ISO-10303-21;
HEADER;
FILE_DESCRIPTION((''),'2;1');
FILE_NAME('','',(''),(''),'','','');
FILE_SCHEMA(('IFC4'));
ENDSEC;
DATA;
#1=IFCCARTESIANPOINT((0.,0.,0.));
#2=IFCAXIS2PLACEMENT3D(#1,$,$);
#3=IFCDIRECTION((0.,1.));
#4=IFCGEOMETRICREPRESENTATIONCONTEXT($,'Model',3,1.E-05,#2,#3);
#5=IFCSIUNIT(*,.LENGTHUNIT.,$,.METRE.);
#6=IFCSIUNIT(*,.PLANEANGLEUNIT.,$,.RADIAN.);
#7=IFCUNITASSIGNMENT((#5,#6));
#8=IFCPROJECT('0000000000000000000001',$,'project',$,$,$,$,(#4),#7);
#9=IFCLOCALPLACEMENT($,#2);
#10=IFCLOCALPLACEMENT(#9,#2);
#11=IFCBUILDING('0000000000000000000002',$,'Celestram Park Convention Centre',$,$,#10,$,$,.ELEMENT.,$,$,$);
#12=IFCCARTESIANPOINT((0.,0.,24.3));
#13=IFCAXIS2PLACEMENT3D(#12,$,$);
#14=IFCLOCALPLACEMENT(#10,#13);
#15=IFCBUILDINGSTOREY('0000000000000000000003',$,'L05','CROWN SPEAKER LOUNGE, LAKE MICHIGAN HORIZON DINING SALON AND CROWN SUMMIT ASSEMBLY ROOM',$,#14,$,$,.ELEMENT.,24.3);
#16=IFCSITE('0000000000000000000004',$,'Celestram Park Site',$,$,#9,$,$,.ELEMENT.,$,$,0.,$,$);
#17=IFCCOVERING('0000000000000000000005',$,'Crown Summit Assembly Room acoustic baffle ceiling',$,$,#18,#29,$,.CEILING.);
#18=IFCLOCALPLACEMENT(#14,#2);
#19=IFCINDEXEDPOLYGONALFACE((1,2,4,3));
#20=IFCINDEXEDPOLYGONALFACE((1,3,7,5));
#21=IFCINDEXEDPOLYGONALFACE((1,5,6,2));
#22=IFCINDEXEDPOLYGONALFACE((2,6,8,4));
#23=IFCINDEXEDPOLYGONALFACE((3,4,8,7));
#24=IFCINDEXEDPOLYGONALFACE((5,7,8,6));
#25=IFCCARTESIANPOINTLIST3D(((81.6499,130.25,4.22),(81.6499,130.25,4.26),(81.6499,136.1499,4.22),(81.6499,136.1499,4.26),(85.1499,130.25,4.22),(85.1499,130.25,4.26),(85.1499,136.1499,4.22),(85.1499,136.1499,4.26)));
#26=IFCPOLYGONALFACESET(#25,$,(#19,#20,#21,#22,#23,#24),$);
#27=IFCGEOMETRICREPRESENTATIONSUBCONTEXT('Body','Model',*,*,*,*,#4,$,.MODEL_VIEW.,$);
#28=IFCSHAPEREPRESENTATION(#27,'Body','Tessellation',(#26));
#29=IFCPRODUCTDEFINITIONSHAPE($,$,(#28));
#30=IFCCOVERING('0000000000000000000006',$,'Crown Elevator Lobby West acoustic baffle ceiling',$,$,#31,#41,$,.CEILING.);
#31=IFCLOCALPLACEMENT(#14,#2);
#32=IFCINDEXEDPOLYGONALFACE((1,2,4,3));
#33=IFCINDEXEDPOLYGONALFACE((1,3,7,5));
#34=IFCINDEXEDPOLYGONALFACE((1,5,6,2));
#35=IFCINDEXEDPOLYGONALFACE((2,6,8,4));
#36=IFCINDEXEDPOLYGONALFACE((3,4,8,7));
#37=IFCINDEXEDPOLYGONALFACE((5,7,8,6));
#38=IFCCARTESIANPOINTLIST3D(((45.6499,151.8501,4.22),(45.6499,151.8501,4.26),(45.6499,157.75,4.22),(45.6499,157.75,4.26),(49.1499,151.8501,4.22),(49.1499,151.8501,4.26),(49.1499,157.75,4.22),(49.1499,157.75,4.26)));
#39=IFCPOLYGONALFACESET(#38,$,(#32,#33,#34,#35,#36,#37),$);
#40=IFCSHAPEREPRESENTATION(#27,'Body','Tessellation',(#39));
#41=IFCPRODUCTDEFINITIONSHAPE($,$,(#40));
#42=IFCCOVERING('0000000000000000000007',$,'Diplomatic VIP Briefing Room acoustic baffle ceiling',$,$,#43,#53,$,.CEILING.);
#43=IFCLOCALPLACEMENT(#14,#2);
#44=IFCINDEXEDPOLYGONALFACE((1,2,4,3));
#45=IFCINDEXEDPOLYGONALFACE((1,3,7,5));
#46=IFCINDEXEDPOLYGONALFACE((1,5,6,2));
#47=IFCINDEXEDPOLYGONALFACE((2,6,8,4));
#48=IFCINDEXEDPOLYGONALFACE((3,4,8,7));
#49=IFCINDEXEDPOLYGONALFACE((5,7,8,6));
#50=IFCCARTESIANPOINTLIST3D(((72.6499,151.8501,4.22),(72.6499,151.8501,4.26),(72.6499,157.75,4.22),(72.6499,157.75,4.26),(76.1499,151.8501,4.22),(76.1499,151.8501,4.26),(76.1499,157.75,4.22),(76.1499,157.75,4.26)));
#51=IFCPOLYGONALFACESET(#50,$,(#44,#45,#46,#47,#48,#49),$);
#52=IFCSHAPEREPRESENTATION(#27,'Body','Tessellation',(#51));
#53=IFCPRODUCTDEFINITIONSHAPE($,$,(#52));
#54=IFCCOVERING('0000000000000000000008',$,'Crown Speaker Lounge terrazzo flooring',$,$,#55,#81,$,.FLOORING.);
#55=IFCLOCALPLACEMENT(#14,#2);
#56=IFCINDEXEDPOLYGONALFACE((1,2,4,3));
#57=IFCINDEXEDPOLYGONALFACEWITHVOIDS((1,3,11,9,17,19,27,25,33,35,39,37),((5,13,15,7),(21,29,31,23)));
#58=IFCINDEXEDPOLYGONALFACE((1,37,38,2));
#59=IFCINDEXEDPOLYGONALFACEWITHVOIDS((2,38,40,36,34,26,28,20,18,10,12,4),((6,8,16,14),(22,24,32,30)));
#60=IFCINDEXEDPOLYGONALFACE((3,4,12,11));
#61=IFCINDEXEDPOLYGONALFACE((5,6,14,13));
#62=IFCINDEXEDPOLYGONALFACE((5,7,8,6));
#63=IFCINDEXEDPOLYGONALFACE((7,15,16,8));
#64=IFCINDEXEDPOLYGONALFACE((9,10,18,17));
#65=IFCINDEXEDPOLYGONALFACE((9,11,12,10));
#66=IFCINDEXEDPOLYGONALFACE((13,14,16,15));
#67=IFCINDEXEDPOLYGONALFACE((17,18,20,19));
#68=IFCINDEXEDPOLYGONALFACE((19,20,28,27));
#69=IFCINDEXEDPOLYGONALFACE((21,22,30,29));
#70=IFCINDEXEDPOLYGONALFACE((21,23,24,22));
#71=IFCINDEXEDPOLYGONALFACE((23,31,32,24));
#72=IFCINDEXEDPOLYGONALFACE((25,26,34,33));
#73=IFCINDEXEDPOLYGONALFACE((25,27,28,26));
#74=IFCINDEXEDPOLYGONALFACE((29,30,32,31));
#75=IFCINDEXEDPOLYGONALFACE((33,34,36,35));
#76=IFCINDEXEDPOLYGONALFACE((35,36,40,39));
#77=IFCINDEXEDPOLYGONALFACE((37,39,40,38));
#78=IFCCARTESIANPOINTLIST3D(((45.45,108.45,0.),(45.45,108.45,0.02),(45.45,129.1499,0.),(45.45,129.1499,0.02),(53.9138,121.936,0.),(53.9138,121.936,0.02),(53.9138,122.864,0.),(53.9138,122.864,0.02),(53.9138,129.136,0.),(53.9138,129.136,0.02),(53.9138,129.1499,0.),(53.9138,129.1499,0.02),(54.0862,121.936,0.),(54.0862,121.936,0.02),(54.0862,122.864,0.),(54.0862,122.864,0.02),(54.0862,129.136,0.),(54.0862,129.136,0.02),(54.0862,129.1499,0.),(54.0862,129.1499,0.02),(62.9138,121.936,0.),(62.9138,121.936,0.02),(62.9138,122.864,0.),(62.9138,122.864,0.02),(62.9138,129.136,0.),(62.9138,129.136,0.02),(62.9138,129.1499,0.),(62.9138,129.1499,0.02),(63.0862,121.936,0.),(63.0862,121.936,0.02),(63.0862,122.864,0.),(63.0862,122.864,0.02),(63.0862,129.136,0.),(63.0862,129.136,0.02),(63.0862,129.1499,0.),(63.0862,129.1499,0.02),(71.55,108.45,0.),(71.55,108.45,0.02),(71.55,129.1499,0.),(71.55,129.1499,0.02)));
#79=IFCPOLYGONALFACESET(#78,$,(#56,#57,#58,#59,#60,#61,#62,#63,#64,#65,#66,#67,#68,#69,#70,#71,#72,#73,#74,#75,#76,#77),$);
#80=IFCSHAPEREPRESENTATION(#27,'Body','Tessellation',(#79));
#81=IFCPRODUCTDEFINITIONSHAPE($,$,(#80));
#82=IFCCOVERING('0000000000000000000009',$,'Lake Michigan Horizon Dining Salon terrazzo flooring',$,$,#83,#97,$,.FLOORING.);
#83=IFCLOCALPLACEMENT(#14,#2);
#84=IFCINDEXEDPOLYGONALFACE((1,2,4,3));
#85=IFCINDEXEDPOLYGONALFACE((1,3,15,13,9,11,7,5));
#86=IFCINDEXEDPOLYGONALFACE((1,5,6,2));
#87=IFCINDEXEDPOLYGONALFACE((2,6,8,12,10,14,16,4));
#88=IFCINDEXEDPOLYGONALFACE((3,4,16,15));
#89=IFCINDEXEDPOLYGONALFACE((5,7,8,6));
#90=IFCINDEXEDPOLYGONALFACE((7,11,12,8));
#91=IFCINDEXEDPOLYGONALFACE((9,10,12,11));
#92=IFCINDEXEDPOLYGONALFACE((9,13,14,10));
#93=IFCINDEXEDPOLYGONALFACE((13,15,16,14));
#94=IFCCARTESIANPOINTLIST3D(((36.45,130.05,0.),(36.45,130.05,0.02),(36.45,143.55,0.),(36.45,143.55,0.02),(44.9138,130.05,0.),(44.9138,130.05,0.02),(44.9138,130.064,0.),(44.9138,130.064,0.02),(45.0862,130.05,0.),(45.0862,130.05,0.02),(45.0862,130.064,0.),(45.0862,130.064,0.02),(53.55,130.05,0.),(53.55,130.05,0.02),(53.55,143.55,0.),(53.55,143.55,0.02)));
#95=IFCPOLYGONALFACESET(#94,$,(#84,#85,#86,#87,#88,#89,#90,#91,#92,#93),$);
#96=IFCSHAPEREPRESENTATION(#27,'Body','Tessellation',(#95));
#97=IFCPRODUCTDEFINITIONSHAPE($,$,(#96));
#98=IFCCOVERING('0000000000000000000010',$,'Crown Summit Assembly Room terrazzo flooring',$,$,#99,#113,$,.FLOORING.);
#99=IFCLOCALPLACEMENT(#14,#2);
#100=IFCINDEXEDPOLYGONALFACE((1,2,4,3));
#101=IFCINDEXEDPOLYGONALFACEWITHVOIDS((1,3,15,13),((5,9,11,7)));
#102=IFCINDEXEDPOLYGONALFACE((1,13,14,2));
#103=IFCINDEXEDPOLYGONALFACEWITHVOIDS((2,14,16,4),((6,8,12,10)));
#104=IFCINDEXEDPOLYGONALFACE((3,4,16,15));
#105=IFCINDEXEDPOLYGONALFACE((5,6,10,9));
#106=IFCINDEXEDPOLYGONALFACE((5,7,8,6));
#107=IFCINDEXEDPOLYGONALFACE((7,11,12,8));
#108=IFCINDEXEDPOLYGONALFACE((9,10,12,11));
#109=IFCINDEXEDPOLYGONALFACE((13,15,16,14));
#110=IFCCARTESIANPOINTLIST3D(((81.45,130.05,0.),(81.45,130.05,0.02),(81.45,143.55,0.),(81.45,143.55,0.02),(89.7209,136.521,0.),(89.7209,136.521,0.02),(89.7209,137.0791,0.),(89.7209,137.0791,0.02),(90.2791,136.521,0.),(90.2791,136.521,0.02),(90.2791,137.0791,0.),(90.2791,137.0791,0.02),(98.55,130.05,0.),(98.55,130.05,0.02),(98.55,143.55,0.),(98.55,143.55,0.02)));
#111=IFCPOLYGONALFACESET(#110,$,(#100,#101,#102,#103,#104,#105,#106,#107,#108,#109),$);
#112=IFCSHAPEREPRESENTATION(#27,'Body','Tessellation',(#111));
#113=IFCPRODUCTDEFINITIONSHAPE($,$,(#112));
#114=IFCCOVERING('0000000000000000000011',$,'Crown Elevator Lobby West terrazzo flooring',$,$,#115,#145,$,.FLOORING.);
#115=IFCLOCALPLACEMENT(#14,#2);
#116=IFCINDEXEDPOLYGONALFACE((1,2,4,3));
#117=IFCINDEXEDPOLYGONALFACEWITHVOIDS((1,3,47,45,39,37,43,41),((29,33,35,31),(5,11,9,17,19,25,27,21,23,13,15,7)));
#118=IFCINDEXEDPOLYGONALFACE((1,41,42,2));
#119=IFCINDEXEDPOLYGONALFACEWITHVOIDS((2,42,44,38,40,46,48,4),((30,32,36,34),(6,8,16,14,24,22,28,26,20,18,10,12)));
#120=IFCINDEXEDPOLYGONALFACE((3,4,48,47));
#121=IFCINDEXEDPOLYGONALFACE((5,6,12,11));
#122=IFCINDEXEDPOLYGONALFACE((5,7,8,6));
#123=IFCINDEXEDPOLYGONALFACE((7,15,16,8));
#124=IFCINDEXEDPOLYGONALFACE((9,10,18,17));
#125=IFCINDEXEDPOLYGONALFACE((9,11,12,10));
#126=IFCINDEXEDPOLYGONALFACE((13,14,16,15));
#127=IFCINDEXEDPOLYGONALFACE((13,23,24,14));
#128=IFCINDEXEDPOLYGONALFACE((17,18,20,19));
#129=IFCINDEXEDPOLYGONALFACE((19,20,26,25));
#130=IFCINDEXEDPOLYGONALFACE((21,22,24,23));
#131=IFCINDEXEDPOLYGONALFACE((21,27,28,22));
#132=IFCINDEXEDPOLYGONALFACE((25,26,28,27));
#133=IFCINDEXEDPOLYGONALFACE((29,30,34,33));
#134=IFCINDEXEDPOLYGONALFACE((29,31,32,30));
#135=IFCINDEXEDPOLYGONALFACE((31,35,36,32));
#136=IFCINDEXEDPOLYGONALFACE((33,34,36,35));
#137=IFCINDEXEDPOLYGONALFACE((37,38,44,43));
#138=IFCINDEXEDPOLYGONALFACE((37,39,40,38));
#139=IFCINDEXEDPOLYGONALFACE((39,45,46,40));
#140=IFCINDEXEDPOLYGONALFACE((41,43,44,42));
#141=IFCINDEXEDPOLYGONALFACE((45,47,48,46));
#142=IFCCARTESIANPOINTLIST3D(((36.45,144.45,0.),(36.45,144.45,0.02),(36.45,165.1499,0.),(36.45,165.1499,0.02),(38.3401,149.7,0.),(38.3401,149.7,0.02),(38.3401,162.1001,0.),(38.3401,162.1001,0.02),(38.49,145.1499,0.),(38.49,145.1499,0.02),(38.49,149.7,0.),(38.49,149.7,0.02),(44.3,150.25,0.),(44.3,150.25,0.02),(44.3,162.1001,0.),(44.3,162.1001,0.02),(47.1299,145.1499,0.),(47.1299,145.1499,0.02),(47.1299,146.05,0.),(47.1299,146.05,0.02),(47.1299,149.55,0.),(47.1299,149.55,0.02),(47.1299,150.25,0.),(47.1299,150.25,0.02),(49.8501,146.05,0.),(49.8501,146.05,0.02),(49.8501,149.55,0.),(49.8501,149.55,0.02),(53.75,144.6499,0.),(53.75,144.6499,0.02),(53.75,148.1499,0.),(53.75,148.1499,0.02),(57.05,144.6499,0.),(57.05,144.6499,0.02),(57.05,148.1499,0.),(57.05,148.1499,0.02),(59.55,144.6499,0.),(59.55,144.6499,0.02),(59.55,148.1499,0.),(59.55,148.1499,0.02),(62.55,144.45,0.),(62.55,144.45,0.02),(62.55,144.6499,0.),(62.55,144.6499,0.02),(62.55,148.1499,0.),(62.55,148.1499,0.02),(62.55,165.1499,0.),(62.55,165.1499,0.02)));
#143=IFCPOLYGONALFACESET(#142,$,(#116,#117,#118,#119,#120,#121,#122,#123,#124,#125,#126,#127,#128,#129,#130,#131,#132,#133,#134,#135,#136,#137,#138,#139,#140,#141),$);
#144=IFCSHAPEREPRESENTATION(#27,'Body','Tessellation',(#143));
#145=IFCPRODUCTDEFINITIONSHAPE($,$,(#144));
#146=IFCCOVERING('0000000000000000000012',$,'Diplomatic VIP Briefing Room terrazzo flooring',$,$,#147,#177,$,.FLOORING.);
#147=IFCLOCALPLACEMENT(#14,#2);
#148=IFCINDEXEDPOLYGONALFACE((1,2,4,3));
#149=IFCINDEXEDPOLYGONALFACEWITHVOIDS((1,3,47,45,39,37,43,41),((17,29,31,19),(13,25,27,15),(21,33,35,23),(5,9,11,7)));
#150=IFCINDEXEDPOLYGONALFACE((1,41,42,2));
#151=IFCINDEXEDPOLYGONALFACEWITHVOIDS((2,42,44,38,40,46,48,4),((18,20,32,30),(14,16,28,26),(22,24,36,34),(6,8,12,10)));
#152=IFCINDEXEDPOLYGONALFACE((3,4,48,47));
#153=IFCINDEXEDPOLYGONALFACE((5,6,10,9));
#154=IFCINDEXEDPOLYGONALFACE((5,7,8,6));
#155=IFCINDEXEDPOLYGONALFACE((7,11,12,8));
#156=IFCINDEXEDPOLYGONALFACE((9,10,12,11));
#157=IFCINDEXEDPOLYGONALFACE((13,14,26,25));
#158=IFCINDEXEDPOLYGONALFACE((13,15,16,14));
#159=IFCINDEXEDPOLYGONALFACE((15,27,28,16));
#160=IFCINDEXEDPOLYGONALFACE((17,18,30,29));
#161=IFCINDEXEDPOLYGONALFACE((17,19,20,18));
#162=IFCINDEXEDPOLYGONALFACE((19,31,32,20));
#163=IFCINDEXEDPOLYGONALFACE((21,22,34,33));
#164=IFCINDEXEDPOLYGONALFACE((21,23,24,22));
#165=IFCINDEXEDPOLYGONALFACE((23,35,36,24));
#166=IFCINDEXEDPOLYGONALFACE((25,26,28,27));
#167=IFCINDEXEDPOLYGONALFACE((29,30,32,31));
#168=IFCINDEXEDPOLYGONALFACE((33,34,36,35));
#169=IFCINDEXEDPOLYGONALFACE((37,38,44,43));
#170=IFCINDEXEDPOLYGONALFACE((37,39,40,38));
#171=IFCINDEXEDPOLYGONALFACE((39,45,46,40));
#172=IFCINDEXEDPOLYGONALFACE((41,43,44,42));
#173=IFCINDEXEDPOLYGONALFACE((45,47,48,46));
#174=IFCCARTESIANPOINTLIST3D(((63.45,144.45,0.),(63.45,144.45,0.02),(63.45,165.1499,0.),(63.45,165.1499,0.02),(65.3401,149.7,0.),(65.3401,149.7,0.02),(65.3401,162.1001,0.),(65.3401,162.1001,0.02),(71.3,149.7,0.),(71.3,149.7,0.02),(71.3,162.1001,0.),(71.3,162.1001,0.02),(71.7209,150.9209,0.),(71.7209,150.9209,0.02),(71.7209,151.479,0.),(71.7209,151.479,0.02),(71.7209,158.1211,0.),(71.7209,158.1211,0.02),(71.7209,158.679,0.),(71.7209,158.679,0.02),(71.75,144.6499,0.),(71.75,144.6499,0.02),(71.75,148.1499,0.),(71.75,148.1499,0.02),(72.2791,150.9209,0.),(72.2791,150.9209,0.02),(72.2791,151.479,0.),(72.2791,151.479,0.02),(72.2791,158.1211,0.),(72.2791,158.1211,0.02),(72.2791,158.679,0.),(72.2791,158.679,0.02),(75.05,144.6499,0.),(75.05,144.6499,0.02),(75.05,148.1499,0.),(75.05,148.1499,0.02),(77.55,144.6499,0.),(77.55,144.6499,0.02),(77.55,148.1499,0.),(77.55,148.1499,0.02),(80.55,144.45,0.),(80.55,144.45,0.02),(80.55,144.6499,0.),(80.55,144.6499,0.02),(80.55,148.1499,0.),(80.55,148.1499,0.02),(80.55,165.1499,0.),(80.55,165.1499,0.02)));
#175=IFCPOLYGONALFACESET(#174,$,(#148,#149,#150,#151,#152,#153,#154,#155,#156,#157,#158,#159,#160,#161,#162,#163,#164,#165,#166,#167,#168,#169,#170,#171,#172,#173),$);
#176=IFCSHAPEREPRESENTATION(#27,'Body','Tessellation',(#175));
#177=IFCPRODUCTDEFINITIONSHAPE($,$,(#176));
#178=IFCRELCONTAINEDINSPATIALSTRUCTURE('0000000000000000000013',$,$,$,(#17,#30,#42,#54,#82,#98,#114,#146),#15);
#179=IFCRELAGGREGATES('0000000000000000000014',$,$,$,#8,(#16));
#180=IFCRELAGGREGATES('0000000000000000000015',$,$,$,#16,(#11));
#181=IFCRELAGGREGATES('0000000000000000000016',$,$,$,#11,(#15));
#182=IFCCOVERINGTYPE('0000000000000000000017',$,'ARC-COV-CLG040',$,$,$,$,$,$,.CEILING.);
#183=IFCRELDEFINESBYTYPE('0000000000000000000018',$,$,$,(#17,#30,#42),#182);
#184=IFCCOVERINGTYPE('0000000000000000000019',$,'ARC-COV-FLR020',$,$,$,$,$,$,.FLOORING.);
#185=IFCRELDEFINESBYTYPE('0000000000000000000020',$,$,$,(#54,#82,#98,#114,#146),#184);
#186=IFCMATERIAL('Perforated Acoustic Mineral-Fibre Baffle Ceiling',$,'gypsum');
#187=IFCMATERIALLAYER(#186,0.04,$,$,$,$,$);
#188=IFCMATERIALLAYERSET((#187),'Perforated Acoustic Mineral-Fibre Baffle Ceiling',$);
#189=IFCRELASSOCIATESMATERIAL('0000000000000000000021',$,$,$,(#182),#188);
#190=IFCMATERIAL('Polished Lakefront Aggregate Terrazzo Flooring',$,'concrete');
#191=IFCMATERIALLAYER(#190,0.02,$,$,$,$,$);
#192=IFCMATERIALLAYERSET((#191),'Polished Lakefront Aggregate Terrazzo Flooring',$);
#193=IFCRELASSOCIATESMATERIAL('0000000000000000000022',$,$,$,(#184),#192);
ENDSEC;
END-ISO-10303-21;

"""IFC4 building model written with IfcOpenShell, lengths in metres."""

from ifc_helpers import new_model, si_unit, direction, frame, origin, place, context, subcontext, project, spatial, polyline, outline, extrude, material, layer, layer_set, type_object, element, save


model = new_model("IFC4")

# Units and contexts
model_context = context("Model", 3, precision=1e-05, world=origin(), true_north=direction((0.0, 1.0)))
body_context = subcontext(model_context, "Body", "Model", "MODEL_VIEW")
ifc_project = project(units=[si_unit("LENGTHUNIT", "METRE"), si_unit("PLANEANGLEUNIT", "RADIAN")], contexts=[model_context])

# Site, building, storey
site_placement = place(None, origin())
site = spatial("IfcSite", under=ifc_project, at=site_placement, Name="Celestram Park Site", CompositionType="ELEMENT", RefElevation=0.0)
building_placement = place(site_placement, origin())
building = spatial("IfcBuilding", under=site, at=building_placement, Name="Celestram Park Convention Centre", CompositionType="ELEMENT")
storey_placement = place(building_placement, frame((0.0, 0.0, 24.3)))
storey = spatial("IfcBuildingStorey", under=building, at=storey_placement, Name="L05", Description="CROWN SPEAKER LOUNGE, LAKE MICHIGAN HORIZON DINING SALON AND CROWN SUMMIT ASSEMBLY ROOM", CompositionType="ELEMENT", Elevation=24.3)

# Coverings
ifc_material_1 = material(Name="Perforated Acoustic Mineral-Fibre Baffle Ceiling", Category="gypsum")
ifc_layer_1 = layer(ifc_material_1, 0.04)
ifc_layer_set_1 = layer_set([ifc_layer_1], Name="Perforated Acoustic Mineral-Fibre Baffle Ceiling")
covering_type_1 = type_object("IfcCoveringType", Name="ARC-COV-CLG040", PredefinedType="CEILING", material=ifc_layer_set_1)
covering_1_placement = place(storey_placement, frame((0.0, 0.0, 4.22)))
element("IfcCovering", 1, at=covering_1_placement, inside=storey, type_object=covering_type_1, Name="Crown Summit Assembly Room acoustic baffle ceiling", PredefinedType="CEILING", context=body_context, shape_type="SweptSolid", body=[
    extrude(outline(polyline([(81.6499, 130.25), (85.1499, 130.25), (85.1499, 136.1499), (81.6499, 136.1499), (81.6499, 130.25)])), origin(), (0.0, 0.0, 1.0), 0.04),
])
covering_2_placement = place(storey_placement, frame((0.0, 0.0, 4.22)))
element("IfcCovering", 2, at=covering_2_placement, inside=storey, type_object=covering_type_1, Name="Crown Elevator Lobby West acoustic baffle ceiling", PredefinedType="CEILING", context=body_context, shape_type="SweptSolid", body=[
    extrude(outline(polyline([(45.6499, 151.8501), (49.1499, 151.8501), (49.1499, 157.75), (45.6499, 157.75), (45.6499, 151.8501)])), origin(), (0.0, 0.0, 1.0), 0.04),
])
covering_3_placement = place(storey_placement, frame((0.0, 0.0, 4.22)))
element("IfcCovering", 3, at=covering_3_placement, inside=storey, type_object=covering_type_1, Name="Diplomatic VIP Briefing Room acoustic baffle ceiling", PredefinedType="CEILING", context=body_context, shape_type="SweptSolid", body=[
    extrude(outline(polyline([(72.6499, 151.8501), (76.1499, 151.8501), (76.1499, 157.75), (72.6499, 157.75), (72.6499, 151.8501)])), origin(), (0.0, 0.0, 1.0), 0.04),
])
ifc_material_2 = material(Name="Polished Lakefront Aggregate Terrazzo Flooring", Category="concrete")
ifc_layer_2 = layer(ifc_material_2, 0.02)
ifc_layer_set_2 = layer_set([ifc_layer_2], Name="Polished Lakefront Aggregate Terrazzo Flooring")
covering_type_2 = type_object("IfcCoveringType", Name="ARC-COV-FLR020", PredefinedType="FLOORING", material=ifc_layer_set_2)
covering_4_placement = place(storey_placement, origin())
element("IfcCovering", 4, at=covering_4_placement, inside=storey, type_object=covering_type_2, Name="Crown Speaker Lounge terrazzo flooring", PredefinedType="FLOORING", context=body_context, shape_type="SweptSolid", body=[
    extrude(outline(polyline([(53.9138, 129.1499), (53.9138, 129.136), (54.0862, 129.136), (54.0862, 129.1499), (62.9138, 129.1499), (62.9138, 129.136), (63.0862, 129.136), (63.0862, 129.1499), (71.55, 129.1499), (71.55, 108.45), (45.45, 108.45), (45.45, 129.1499), (53.9138, 129.1499)]), holes=[polyline([(53.9138, 121.936), (54.0862, 121.936), (54.0862, 122.864), (53.9138, 122.864), (53.9138, 121.936)]), polyline([(62.9138, 121.936), (63.0862, 121.936), (63.0862, 122.864), (62.9138, 122.864), (62.9138, 121.936)])]), origin(), (0.0, 0.0, 1.0), 0.02),
])
covering_5_placement = place(storey_placement, origin())
element("IfcCovering", 5, at=covering_5_placement, inside=storey, type_object=covering_type_2, Name="Lake Michigan Horizon Dining Salon terrazzo flooring", PredefinedType="FLOORING", context=body_context, shape_type="SweptSolid", body=[
    extrude(outline(polyline([(53.55, 143.55), (53.55, 130.05), (45.0862, 130.05), (45.0862, 130.064), (44.9138, 130.064), (44.9138, 130.05), (36.45, 130.05), (36.45, 143.55), (53.55, 143.55)])), origin(), (0.0, 0.0, 1.0), 0.02),
])
covering_6_placement = place(storey_placement, origin())
element("IfcCovering", 6, at=covering_6_placement, inside=storey, type_object=covering_type_2, Name="Crown Summit Assembly Room terrazzo flooring", PredefinedType="FLOORING", context=body_context, shape_type="SweptSolid", body=[
    extrude(outline(polyline([(98.55, 143.55), (98.55, 130.05), (81.45, 130.05), (81.45, 143.55), (98.55, 143.55)]), holes=[polyline([(89.7209, 136.521), (90.2791, 136.521), (90.2791, 137.0791), (89.7209, 137.0791), (89.7209, 136.521)])]), origin(), (0.0, 0.0, 1.0), 0.02),
])
covering_7_placement = place(storey_placement, origin())
element("IfcCovering", 7, at=covering_7_placement, inside=storey, type_object=covering_type_2, Name="Crown Elevator Lobby West terrazzo flooring", PredefinedType="FLOORING", context=body_context, shape_type="SweptSolid", body=[
    extrude(outline(polyline([(36.45, 165.1499), (62.55, 165.1499), (62.55, 148.1499), (59.55, 148.1499), (59.55, 144.6499), (62.55, 144.6499), (62.55, 144.45), (36.45, 144.45), (36.45, 165.1499)]), holes=[polyline([(53.75, 148.1499), (53.75, 144.6499), (57.05, 144.6499), (57.05, 148.1499), (53.75, 148.1499)]), polyline([(47.1299, 145.1499), (47.1299, 146.05), (49.8501, 146.05), (49.8501, 149.55), (47.1299, 149.55), (47.1299, 150.25), (44.3, 150.25), (44.3, 162.1001), (38.3401, 162.1001), (38.3401, 149.7), (38.49, 149.7), (38.49, 145.1499), (47.1299, 145.1499)])]), origin(), (0.0, 0.0, 1.0), 0.02),
])
covering_8_placement = place(storey_placement, origin())
element("IfcCovering", 8, at=covering_8_placement, inside=storey, type_object=covering_type_2, Name="Diplomatic VIP Briefing Room terrazzo flooring", PredefinedType="FLOORING", context=body_context, shape_type="SweptSolid", body=[
    extrude(outline(polyline([(63.45, 165.1499), (80.55, 165.1499), (80.55, 148.1499), (77.55, 148.1499), (77.55, 144.6499), (80.55, 144.6499), (80.55, 144.45), (63.45, 144.45), (63.45, 165.1499)]), holes=[polyline([(71.75, 144.6499), (75.05, 144.6499), (75.05, 148.1499), (71.75, 148.1499), (71.75, 144.6499)]), polyline([(65.3401, 149.7), (71.3, 149.7), (71.3, 162.1001), (65.3401, 162.1001), (65.3401, 149.7)]), polyline([(71.7209, 150.9209), (72.2791, 150.9209), (72.2791, 151.479), (71.7209, 151.479), (71.7209, 150.9209)]), polyline([(71.7209, 158.1211), (72.2791, 158.1211), (72.2791, 158.679), (71.7209, 158.679), (71.7209, 158.1211)])]), origin(), (0.0, 0.0, 1.0), 0.02),
])

save(model, "model.ifc")
